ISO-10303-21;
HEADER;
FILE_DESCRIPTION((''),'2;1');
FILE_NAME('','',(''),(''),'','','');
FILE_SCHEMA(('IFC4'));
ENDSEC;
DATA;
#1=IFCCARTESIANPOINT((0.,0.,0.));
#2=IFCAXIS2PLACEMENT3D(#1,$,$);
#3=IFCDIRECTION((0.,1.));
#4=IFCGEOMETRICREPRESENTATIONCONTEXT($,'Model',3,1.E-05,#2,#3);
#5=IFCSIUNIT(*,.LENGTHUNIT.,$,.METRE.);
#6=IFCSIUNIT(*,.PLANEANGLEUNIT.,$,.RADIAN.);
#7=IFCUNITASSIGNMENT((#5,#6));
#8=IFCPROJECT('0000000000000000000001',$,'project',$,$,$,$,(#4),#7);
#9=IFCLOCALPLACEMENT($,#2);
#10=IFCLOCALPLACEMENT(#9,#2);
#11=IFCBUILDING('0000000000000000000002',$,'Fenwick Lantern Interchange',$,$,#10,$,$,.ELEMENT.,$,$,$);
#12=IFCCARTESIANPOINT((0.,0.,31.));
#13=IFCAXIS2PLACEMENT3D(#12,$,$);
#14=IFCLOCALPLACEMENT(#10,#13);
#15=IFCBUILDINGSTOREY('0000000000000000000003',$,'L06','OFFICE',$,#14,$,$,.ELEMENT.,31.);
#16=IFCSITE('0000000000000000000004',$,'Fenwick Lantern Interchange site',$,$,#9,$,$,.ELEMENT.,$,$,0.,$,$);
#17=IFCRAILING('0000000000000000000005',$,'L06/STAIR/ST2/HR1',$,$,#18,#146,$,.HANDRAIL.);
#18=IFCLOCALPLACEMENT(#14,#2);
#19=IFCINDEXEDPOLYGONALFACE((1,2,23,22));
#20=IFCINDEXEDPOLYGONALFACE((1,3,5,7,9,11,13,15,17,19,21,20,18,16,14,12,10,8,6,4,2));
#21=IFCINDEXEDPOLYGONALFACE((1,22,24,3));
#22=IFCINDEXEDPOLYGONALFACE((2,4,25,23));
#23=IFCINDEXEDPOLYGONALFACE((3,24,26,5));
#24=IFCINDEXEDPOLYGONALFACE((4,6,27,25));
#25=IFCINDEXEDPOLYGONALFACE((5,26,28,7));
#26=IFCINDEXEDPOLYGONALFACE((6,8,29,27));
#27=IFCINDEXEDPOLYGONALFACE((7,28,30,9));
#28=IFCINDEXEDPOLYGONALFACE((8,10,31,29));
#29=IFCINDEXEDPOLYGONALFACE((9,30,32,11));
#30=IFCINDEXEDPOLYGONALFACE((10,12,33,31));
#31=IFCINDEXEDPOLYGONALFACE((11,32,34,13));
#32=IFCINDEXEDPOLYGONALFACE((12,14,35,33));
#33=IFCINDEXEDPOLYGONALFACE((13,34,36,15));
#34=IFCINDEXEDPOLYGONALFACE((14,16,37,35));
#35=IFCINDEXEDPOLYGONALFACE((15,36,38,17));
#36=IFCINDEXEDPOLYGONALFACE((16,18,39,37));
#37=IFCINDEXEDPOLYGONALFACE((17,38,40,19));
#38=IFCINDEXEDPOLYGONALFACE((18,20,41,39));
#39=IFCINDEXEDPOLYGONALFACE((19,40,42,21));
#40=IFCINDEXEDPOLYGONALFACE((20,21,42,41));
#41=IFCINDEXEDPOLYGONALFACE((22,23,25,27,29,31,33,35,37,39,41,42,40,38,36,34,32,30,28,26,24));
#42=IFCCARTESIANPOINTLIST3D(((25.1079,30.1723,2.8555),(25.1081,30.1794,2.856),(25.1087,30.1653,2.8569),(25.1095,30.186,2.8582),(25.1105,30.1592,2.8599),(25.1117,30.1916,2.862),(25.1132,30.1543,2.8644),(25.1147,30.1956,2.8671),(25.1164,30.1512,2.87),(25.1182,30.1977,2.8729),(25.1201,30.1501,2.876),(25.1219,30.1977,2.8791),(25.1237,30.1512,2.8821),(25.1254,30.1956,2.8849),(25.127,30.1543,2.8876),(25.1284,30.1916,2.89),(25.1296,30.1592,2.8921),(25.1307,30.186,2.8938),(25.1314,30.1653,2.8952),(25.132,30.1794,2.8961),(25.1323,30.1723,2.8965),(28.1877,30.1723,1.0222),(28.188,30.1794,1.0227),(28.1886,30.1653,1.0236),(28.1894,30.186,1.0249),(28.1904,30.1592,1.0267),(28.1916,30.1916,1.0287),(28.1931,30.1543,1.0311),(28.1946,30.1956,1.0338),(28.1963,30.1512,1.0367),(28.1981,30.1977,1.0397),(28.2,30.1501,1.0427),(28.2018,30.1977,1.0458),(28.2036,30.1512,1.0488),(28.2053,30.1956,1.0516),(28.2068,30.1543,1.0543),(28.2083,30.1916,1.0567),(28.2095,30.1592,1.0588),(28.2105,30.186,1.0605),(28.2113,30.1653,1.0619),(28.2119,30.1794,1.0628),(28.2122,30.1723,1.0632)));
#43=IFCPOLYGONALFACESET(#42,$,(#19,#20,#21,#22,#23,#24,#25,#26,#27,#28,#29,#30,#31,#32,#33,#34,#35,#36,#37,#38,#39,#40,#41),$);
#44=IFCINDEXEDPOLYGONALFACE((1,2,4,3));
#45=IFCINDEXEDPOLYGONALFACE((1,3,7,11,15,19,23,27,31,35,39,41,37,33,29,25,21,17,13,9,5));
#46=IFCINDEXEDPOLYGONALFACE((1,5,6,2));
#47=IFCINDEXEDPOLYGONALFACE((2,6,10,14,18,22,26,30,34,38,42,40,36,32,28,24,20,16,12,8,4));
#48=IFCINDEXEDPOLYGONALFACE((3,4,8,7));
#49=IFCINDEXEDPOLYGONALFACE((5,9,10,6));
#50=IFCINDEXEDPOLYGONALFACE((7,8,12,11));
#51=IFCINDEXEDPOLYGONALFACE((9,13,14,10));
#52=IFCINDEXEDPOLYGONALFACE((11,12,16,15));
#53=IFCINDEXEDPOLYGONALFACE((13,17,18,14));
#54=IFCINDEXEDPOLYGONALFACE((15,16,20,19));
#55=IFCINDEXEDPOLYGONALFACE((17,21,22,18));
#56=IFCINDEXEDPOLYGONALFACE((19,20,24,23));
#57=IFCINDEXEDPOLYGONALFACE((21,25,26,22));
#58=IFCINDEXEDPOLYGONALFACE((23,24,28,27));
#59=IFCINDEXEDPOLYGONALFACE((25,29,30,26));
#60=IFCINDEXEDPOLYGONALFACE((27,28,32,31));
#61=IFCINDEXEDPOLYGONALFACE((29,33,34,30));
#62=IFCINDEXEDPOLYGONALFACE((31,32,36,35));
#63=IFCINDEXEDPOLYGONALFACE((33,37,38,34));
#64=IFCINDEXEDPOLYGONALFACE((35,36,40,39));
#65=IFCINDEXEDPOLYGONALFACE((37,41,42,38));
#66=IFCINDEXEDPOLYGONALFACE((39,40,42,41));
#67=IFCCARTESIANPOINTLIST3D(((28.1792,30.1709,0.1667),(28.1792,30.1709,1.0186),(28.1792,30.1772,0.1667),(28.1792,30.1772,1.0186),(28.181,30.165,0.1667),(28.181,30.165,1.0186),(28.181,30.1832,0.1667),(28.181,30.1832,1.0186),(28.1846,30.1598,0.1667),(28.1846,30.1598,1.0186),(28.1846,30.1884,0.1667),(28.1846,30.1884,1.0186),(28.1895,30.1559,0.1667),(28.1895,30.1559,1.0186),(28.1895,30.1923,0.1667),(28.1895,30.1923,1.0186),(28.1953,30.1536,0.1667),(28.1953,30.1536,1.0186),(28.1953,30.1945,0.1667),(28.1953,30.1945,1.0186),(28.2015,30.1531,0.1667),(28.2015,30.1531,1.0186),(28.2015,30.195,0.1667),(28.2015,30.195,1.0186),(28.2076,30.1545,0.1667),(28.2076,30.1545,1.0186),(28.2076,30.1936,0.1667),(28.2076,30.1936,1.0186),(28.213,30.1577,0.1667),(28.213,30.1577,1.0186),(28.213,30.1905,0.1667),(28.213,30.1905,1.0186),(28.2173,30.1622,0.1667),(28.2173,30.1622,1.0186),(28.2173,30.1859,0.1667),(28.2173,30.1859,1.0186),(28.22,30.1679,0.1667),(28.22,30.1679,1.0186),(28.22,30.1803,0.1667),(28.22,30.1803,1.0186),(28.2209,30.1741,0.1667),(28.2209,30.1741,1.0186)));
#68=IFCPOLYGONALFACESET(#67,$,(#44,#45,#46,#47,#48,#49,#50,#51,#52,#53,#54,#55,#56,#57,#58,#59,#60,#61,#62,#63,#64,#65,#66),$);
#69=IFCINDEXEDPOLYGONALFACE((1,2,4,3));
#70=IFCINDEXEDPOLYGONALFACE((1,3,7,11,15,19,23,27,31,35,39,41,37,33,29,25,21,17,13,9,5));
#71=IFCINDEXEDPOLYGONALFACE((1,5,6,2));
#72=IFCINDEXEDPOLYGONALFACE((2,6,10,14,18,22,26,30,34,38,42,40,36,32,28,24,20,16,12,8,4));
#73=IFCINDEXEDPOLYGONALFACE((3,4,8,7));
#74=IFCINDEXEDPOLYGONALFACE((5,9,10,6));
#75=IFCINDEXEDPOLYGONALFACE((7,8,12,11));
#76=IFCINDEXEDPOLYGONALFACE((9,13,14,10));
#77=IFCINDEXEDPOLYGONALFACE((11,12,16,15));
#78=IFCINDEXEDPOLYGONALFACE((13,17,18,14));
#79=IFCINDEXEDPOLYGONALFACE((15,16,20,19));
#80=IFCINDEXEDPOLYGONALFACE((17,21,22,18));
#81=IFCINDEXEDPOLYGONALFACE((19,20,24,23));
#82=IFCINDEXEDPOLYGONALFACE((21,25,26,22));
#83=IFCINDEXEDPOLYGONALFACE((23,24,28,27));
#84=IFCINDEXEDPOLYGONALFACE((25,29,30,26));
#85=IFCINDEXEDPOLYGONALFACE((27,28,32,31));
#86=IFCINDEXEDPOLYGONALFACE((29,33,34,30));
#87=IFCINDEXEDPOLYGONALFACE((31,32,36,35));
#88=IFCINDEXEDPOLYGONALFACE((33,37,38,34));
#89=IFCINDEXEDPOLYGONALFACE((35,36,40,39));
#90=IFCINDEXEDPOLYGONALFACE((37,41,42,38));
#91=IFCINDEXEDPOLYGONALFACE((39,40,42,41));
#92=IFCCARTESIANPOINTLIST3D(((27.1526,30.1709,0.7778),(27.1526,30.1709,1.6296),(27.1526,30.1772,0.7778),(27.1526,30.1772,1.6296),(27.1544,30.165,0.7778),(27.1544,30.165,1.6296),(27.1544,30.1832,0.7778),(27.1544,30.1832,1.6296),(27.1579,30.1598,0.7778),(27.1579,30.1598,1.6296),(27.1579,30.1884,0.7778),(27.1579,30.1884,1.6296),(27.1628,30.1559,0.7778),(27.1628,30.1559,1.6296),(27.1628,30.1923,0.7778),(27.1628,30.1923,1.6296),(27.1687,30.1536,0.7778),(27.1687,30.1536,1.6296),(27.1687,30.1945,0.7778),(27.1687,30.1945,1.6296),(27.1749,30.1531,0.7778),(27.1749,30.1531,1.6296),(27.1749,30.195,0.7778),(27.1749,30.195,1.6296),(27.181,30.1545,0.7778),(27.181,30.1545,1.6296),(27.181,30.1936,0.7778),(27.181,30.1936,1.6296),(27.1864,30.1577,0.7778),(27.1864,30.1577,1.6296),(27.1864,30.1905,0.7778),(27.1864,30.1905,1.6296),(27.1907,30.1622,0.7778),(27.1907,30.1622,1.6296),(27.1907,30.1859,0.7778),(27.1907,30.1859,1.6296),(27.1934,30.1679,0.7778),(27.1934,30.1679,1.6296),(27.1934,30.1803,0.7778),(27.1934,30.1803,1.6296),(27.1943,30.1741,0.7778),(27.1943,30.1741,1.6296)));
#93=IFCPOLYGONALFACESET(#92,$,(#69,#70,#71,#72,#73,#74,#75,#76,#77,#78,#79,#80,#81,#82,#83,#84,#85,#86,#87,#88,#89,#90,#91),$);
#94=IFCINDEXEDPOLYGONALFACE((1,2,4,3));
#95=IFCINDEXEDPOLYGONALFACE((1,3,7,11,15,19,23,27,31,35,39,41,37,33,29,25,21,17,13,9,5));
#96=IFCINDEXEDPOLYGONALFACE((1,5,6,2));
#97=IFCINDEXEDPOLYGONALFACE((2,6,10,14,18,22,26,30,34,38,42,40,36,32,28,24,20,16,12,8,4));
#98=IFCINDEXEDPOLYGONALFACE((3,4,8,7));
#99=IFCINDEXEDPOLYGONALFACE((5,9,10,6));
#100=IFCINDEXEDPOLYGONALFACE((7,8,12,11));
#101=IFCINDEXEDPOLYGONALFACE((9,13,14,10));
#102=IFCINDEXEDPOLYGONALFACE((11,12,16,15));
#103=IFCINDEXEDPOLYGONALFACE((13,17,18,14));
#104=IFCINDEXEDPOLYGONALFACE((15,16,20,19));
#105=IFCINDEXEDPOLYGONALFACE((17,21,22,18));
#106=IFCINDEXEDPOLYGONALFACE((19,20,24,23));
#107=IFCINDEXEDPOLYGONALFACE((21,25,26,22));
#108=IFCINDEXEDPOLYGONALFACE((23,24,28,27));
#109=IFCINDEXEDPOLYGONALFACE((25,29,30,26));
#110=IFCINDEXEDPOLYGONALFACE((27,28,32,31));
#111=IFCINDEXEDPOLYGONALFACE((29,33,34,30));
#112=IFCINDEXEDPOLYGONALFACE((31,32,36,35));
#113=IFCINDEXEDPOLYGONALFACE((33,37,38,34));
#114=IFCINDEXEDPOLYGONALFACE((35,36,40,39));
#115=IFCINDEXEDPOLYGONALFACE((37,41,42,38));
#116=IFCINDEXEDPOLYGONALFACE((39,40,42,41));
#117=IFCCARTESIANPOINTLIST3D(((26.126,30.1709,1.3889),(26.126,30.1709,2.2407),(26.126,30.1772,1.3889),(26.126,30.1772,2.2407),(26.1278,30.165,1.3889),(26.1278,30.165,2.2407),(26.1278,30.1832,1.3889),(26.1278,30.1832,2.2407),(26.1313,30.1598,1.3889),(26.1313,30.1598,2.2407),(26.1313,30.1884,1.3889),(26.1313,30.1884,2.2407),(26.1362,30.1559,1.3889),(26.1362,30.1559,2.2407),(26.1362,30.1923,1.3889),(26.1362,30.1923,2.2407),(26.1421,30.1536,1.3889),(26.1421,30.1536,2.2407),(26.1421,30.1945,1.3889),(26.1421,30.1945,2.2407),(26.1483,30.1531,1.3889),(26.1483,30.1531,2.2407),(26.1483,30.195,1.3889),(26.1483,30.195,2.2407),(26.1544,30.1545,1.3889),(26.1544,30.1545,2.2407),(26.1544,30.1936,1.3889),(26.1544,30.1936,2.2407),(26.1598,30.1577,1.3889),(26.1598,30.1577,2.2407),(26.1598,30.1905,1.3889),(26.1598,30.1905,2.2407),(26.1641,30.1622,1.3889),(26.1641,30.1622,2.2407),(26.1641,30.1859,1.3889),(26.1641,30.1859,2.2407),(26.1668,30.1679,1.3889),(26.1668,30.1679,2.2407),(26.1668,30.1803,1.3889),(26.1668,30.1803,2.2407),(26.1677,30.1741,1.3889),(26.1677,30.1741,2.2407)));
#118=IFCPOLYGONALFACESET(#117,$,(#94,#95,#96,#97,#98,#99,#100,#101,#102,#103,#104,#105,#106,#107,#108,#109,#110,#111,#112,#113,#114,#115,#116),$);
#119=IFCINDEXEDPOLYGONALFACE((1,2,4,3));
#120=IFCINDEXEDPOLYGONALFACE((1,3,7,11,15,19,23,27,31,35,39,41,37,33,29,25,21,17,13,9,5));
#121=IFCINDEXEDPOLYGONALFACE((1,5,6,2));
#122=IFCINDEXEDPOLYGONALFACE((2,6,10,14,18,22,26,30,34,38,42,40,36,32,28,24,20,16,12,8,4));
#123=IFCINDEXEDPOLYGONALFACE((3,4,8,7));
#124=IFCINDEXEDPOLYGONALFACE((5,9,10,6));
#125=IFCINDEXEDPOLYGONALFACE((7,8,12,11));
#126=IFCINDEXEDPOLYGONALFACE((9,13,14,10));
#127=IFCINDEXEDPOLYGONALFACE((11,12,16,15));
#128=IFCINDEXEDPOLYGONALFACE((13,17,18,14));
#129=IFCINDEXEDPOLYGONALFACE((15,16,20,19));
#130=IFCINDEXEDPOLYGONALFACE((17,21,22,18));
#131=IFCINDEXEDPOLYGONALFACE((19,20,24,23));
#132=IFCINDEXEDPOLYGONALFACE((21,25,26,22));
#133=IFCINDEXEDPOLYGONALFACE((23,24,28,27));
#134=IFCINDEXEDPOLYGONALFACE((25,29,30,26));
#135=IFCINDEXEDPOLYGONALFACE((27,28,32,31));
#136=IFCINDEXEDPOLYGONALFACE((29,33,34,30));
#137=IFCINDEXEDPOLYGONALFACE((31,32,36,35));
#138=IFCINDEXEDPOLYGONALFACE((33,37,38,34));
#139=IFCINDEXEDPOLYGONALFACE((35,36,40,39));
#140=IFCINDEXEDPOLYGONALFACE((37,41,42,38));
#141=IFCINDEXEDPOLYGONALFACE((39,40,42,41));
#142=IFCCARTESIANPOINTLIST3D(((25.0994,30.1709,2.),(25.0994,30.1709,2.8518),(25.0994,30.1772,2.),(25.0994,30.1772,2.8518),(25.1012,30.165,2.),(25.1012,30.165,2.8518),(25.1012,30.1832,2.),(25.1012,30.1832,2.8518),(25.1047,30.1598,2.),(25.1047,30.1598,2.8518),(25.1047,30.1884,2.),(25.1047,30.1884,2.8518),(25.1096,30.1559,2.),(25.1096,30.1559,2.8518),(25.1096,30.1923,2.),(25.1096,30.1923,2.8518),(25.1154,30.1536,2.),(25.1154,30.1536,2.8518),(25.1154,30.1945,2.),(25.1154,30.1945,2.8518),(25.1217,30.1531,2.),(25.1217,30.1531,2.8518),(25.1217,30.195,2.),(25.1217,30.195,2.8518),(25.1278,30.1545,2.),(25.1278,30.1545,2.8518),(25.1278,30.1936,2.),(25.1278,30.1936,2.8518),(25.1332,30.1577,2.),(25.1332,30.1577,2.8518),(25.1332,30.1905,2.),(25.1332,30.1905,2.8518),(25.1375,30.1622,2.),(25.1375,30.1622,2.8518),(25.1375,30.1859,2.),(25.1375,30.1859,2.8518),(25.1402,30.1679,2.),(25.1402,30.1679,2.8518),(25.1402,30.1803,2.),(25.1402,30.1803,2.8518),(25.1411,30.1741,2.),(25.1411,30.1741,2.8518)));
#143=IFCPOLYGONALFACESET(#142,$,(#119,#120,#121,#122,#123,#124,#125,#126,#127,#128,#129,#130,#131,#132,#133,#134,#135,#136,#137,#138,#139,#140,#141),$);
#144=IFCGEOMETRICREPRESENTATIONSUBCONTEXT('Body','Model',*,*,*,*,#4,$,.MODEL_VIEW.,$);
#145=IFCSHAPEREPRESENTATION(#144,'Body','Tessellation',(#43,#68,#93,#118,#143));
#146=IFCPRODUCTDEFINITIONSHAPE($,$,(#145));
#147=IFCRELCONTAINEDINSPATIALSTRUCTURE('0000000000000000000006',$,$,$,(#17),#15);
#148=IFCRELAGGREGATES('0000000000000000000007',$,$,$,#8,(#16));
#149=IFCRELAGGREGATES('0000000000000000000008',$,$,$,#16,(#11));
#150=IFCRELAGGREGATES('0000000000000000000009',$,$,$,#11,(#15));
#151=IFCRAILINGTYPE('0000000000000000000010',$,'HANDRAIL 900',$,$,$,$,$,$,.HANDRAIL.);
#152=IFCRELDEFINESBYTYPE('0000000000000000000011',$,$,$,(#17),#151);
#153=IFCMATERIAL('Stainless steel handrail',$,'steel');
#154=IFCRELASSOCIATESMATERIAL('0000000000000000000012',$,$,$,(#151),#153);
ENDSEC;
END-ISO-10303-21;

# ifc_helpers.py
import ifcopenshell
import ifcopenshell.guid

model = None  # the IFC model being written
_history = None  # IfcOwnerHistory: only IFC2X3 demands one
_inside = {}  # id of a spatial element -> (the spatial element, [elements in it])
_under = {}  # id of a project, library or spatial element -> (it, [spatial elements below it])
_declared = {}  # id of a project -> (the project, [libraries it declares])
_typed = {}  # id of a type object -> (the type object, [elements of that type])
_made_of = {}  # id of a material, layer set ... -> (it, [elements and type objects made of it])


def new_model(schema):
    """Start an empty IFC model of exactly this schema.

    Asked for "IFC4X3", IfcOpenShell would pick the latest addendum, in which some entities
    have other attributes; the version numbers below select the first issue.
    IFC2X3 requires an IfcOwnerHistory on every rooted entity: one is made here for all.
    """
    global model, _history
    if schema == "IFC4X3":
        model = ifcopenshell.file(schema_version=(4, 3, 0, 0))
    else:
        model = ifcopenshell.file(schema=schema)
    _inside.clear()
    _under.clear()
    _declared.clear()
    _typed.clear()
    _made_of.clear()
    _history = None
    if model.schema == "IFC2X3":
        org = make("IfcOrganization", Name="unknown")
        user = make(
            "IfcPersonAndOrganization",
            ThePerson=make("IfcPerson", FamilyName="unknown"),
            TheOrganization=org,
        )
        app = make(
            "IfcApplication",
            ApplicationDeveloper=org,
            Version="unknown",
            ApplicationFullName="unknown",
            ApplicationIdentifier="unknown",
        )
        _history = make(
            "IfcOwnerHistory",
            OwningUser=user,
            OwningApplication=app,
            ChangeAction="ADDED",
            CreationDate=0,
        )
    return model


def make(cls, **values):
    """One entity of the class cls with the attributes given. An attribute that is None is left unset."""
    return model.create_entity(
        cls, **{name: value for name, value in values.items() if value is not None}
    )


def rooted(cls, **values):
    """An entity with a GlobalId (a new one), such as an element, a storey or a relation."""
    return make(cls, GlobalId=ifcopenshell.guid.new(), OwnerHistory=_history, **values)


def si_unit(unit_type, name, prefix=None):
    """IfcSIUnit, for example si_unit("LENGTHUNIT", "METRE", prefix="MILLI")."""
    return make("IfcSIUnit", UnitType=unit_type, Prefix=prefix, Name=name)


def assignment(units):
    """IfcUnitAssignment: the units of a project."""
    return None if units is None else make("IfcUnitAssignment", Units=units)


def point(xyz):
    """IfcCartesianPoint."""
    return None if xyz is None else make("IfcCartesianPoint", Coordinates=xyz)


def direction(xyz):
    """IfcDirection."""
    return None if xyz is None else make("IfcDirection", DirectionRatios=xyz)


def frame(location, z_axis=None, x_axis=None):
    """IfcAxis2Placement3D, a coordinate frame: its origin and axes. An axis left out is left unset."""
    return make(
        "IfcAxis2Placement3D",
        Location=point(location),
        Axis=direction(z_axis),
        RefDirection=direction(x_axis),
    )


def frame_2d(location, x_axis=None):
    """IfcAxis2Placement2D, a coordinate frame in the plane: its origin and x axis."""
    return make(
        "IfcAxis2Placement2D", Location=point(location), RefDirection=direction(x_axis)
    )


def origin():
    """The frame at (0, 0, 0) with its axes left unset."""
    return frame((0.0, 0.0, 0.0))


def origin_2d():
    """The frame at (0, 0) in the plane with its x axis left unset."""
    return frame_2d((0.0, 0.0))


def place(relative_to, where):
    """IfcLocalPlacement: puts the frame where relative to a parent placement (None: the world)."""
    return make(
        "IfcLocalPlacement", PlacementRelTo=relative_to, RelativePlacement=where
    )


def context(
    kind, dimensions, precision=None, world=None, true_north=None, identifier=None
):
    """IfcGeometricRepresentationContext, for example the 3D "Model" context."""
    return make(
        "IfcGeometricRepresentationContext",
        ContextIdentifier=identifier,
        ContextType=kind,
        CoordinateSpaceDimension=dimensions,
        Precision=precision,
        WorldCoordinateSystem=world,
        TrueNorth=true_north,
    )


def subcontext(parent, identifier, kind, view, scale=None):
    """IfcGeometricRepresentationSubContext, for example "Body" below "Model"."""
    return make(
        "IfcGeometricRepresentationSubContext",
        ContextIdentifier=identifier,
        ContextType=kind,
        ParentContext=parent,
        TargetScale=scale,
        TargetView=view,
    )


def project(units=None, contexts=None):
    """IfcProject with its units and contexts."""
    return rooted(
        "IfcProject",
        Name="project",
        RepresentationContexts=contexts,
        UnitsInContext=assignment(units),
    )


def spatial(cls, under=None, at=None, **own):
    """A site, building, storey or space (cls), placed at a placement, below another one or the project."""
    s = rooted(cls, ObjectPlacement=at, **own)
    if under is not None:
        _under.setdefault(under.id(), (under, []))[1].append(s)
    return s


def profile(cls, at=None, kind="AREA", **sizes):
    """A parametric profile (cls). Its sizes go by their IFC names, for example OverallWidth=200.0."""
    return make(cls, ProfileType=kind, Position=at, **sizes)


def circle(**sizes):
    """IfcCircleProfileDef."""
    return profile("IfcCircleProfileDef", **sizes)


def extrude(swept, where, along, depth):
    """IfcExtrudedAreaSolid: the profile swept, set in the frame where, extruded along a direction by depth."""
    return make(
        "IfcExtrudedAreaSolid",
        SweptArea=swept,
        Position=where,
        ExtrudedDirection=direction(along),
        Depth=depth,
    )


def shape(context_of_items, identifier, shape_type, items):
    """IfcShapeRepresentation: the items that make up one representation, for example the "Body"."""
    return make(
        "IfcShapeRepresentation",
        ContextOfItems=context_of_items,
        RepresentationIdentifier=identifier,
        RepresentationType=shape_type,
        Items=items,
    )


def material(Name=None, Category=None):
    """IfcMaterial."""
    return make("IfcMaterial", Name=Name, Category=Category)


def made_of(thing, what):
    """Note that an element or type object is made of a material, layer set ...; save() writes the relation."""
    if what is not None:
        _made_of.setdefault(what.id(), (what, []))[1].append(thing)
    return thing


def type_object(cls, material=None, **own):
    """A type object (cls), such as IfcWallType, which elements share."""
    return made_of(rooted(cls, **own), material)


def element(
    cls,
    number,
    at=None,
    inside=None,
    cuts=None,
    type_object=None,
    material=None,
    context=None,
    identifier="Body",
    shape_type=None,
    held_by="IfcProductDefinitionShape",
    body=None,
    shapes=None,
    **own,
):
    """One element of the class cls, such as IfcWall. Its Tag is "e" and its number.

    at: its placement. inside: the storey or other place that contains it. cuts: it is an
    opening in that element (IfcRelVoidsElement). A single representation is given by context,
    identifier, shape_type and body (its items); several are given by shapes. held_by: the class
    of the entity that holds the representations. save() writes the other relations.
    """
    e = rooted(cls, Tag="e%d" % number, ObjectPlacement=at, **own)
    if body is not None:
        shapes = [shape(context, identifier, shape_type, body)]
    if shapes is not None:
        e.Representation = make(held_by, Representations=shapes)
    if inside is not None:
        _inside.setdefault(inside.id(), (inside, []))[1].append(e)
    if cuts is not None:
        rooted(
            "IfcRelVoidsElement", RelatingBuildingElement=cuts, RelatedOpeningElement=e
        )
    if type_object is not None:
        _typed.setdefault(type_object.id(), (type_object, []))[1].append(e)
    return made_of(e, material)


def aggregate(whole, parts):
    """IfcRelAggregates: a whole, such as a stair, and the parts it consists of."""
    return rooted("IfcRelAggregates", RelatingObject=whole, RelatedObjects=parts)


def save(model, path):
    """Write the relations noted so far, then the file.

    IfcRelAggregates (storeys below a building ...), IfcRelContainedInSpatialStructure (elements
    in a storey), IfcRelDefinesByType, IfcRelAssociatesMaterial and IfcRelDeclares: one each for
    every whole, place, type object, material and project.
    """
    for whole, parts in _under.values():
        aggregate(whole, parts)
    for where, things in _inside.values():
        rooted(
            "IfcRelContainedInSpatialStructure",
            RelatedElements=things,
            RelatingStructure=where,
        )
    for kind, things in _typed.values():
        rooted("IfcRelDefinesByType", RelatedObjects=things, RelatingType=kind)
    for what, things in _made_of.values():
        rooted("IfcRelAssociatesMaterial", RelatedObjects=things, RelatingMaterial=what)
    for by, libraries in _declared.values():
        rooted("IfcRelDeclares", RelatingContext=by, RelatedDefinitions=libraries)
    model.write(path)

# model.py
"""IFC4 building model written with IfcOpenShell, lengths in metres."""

from ifc_helpers import new_model, si_unit, direction, frame, origin, origin_2d, place, context, subcontext, project, spatial, circle, extrude, material, type_object, element, save


model = new_model("IFC4")

# Units and contexts
model_context = context("Model", 3, precision=1e-05, world=origin(), true_north=direction((0.0, 1.0)))
body_context = subcontext(model_context, "Body", "Model", "MODEL_VIEW")
ifc_project = project(units=[si_unit("LENGTHUNIT", "METRE"), si_unit("PLANEANGLEUNIT", "RADIAN")], contexts=[model_context])

# Site, building, storey
site_placement = place(None, origin())
site = spatial("IfcSite", under=ifc_project, at=site_placement, Name="Fenwick Lantern Interchange site", CompositionType="ELEMENT", RefElevation=0.0)
building_placement = place(site_placement, origin())
building = spatial("IfcBuilding", under=site, at=building_placement, Name="Fenwick Lantern Interchange", CompositionType="ELEMENT")
storey_placement = place(building_placement, frame((0.0, 0.0, 31.0)))
storey = spatial("IfcBuildingStorey", under=building, at=storey_placement, Name="L06", Description="OFFICE", CompositionType="ELEMENT", Elevation=31.0)

# Railing
ifc_material_1 = material(Name="Stainless steel handrail", Category="steel")
railing_type = type_object("IfcRailingType", Name="HANDRAIL 900", PredefinedType="HANDRAIL", material=ifc_material_1)
railing_1_placement = place(storey_placement, frame((28.2, 30.1741, 0.1667)))
element("IfcRailing", 1, at=railing_1_placement, inside=storey, type_object=railing_type, Name="L06/STAIR/ST2/HR1", PredefinedType="HANDRAIL", context=body_context, shape_type="SweptSolid", body=[
    extrude(circle(Radius=0.0239, at=origin_2d()), frame((0.0, 0.0, 0.876), z_axis=(-0.859291, 0.0, 0.511487), x_axis=(0.0, -1.0, 0.0)), (0.0, 0.0, 1.0), 3.5842),
    extrude(circle(Radius=0.021, at=origin_2d()), origin(), (0.0, 0.0, 1.0), 0.8518),
    extrude(circle(Radius=0.021, at=origin_2d()), frame((-1.0266, 0.0, 0.6111)), (0.0, 0.0, 1.0), 0.8518),
    extrude(circle(Radius=0.021, at=origin_2d()), frame((-2.0532, 0.0, 1.2222)), (0.0, 0.0, 1.0), 0.8518),
    extrude(circle(Radius=0.021, at=origin_2d()), frame((-3.0798, 0.0, 1.8333)), (0.0, 0.0, 1.0), 0.8518),
])

save(model, "model.ifc")
